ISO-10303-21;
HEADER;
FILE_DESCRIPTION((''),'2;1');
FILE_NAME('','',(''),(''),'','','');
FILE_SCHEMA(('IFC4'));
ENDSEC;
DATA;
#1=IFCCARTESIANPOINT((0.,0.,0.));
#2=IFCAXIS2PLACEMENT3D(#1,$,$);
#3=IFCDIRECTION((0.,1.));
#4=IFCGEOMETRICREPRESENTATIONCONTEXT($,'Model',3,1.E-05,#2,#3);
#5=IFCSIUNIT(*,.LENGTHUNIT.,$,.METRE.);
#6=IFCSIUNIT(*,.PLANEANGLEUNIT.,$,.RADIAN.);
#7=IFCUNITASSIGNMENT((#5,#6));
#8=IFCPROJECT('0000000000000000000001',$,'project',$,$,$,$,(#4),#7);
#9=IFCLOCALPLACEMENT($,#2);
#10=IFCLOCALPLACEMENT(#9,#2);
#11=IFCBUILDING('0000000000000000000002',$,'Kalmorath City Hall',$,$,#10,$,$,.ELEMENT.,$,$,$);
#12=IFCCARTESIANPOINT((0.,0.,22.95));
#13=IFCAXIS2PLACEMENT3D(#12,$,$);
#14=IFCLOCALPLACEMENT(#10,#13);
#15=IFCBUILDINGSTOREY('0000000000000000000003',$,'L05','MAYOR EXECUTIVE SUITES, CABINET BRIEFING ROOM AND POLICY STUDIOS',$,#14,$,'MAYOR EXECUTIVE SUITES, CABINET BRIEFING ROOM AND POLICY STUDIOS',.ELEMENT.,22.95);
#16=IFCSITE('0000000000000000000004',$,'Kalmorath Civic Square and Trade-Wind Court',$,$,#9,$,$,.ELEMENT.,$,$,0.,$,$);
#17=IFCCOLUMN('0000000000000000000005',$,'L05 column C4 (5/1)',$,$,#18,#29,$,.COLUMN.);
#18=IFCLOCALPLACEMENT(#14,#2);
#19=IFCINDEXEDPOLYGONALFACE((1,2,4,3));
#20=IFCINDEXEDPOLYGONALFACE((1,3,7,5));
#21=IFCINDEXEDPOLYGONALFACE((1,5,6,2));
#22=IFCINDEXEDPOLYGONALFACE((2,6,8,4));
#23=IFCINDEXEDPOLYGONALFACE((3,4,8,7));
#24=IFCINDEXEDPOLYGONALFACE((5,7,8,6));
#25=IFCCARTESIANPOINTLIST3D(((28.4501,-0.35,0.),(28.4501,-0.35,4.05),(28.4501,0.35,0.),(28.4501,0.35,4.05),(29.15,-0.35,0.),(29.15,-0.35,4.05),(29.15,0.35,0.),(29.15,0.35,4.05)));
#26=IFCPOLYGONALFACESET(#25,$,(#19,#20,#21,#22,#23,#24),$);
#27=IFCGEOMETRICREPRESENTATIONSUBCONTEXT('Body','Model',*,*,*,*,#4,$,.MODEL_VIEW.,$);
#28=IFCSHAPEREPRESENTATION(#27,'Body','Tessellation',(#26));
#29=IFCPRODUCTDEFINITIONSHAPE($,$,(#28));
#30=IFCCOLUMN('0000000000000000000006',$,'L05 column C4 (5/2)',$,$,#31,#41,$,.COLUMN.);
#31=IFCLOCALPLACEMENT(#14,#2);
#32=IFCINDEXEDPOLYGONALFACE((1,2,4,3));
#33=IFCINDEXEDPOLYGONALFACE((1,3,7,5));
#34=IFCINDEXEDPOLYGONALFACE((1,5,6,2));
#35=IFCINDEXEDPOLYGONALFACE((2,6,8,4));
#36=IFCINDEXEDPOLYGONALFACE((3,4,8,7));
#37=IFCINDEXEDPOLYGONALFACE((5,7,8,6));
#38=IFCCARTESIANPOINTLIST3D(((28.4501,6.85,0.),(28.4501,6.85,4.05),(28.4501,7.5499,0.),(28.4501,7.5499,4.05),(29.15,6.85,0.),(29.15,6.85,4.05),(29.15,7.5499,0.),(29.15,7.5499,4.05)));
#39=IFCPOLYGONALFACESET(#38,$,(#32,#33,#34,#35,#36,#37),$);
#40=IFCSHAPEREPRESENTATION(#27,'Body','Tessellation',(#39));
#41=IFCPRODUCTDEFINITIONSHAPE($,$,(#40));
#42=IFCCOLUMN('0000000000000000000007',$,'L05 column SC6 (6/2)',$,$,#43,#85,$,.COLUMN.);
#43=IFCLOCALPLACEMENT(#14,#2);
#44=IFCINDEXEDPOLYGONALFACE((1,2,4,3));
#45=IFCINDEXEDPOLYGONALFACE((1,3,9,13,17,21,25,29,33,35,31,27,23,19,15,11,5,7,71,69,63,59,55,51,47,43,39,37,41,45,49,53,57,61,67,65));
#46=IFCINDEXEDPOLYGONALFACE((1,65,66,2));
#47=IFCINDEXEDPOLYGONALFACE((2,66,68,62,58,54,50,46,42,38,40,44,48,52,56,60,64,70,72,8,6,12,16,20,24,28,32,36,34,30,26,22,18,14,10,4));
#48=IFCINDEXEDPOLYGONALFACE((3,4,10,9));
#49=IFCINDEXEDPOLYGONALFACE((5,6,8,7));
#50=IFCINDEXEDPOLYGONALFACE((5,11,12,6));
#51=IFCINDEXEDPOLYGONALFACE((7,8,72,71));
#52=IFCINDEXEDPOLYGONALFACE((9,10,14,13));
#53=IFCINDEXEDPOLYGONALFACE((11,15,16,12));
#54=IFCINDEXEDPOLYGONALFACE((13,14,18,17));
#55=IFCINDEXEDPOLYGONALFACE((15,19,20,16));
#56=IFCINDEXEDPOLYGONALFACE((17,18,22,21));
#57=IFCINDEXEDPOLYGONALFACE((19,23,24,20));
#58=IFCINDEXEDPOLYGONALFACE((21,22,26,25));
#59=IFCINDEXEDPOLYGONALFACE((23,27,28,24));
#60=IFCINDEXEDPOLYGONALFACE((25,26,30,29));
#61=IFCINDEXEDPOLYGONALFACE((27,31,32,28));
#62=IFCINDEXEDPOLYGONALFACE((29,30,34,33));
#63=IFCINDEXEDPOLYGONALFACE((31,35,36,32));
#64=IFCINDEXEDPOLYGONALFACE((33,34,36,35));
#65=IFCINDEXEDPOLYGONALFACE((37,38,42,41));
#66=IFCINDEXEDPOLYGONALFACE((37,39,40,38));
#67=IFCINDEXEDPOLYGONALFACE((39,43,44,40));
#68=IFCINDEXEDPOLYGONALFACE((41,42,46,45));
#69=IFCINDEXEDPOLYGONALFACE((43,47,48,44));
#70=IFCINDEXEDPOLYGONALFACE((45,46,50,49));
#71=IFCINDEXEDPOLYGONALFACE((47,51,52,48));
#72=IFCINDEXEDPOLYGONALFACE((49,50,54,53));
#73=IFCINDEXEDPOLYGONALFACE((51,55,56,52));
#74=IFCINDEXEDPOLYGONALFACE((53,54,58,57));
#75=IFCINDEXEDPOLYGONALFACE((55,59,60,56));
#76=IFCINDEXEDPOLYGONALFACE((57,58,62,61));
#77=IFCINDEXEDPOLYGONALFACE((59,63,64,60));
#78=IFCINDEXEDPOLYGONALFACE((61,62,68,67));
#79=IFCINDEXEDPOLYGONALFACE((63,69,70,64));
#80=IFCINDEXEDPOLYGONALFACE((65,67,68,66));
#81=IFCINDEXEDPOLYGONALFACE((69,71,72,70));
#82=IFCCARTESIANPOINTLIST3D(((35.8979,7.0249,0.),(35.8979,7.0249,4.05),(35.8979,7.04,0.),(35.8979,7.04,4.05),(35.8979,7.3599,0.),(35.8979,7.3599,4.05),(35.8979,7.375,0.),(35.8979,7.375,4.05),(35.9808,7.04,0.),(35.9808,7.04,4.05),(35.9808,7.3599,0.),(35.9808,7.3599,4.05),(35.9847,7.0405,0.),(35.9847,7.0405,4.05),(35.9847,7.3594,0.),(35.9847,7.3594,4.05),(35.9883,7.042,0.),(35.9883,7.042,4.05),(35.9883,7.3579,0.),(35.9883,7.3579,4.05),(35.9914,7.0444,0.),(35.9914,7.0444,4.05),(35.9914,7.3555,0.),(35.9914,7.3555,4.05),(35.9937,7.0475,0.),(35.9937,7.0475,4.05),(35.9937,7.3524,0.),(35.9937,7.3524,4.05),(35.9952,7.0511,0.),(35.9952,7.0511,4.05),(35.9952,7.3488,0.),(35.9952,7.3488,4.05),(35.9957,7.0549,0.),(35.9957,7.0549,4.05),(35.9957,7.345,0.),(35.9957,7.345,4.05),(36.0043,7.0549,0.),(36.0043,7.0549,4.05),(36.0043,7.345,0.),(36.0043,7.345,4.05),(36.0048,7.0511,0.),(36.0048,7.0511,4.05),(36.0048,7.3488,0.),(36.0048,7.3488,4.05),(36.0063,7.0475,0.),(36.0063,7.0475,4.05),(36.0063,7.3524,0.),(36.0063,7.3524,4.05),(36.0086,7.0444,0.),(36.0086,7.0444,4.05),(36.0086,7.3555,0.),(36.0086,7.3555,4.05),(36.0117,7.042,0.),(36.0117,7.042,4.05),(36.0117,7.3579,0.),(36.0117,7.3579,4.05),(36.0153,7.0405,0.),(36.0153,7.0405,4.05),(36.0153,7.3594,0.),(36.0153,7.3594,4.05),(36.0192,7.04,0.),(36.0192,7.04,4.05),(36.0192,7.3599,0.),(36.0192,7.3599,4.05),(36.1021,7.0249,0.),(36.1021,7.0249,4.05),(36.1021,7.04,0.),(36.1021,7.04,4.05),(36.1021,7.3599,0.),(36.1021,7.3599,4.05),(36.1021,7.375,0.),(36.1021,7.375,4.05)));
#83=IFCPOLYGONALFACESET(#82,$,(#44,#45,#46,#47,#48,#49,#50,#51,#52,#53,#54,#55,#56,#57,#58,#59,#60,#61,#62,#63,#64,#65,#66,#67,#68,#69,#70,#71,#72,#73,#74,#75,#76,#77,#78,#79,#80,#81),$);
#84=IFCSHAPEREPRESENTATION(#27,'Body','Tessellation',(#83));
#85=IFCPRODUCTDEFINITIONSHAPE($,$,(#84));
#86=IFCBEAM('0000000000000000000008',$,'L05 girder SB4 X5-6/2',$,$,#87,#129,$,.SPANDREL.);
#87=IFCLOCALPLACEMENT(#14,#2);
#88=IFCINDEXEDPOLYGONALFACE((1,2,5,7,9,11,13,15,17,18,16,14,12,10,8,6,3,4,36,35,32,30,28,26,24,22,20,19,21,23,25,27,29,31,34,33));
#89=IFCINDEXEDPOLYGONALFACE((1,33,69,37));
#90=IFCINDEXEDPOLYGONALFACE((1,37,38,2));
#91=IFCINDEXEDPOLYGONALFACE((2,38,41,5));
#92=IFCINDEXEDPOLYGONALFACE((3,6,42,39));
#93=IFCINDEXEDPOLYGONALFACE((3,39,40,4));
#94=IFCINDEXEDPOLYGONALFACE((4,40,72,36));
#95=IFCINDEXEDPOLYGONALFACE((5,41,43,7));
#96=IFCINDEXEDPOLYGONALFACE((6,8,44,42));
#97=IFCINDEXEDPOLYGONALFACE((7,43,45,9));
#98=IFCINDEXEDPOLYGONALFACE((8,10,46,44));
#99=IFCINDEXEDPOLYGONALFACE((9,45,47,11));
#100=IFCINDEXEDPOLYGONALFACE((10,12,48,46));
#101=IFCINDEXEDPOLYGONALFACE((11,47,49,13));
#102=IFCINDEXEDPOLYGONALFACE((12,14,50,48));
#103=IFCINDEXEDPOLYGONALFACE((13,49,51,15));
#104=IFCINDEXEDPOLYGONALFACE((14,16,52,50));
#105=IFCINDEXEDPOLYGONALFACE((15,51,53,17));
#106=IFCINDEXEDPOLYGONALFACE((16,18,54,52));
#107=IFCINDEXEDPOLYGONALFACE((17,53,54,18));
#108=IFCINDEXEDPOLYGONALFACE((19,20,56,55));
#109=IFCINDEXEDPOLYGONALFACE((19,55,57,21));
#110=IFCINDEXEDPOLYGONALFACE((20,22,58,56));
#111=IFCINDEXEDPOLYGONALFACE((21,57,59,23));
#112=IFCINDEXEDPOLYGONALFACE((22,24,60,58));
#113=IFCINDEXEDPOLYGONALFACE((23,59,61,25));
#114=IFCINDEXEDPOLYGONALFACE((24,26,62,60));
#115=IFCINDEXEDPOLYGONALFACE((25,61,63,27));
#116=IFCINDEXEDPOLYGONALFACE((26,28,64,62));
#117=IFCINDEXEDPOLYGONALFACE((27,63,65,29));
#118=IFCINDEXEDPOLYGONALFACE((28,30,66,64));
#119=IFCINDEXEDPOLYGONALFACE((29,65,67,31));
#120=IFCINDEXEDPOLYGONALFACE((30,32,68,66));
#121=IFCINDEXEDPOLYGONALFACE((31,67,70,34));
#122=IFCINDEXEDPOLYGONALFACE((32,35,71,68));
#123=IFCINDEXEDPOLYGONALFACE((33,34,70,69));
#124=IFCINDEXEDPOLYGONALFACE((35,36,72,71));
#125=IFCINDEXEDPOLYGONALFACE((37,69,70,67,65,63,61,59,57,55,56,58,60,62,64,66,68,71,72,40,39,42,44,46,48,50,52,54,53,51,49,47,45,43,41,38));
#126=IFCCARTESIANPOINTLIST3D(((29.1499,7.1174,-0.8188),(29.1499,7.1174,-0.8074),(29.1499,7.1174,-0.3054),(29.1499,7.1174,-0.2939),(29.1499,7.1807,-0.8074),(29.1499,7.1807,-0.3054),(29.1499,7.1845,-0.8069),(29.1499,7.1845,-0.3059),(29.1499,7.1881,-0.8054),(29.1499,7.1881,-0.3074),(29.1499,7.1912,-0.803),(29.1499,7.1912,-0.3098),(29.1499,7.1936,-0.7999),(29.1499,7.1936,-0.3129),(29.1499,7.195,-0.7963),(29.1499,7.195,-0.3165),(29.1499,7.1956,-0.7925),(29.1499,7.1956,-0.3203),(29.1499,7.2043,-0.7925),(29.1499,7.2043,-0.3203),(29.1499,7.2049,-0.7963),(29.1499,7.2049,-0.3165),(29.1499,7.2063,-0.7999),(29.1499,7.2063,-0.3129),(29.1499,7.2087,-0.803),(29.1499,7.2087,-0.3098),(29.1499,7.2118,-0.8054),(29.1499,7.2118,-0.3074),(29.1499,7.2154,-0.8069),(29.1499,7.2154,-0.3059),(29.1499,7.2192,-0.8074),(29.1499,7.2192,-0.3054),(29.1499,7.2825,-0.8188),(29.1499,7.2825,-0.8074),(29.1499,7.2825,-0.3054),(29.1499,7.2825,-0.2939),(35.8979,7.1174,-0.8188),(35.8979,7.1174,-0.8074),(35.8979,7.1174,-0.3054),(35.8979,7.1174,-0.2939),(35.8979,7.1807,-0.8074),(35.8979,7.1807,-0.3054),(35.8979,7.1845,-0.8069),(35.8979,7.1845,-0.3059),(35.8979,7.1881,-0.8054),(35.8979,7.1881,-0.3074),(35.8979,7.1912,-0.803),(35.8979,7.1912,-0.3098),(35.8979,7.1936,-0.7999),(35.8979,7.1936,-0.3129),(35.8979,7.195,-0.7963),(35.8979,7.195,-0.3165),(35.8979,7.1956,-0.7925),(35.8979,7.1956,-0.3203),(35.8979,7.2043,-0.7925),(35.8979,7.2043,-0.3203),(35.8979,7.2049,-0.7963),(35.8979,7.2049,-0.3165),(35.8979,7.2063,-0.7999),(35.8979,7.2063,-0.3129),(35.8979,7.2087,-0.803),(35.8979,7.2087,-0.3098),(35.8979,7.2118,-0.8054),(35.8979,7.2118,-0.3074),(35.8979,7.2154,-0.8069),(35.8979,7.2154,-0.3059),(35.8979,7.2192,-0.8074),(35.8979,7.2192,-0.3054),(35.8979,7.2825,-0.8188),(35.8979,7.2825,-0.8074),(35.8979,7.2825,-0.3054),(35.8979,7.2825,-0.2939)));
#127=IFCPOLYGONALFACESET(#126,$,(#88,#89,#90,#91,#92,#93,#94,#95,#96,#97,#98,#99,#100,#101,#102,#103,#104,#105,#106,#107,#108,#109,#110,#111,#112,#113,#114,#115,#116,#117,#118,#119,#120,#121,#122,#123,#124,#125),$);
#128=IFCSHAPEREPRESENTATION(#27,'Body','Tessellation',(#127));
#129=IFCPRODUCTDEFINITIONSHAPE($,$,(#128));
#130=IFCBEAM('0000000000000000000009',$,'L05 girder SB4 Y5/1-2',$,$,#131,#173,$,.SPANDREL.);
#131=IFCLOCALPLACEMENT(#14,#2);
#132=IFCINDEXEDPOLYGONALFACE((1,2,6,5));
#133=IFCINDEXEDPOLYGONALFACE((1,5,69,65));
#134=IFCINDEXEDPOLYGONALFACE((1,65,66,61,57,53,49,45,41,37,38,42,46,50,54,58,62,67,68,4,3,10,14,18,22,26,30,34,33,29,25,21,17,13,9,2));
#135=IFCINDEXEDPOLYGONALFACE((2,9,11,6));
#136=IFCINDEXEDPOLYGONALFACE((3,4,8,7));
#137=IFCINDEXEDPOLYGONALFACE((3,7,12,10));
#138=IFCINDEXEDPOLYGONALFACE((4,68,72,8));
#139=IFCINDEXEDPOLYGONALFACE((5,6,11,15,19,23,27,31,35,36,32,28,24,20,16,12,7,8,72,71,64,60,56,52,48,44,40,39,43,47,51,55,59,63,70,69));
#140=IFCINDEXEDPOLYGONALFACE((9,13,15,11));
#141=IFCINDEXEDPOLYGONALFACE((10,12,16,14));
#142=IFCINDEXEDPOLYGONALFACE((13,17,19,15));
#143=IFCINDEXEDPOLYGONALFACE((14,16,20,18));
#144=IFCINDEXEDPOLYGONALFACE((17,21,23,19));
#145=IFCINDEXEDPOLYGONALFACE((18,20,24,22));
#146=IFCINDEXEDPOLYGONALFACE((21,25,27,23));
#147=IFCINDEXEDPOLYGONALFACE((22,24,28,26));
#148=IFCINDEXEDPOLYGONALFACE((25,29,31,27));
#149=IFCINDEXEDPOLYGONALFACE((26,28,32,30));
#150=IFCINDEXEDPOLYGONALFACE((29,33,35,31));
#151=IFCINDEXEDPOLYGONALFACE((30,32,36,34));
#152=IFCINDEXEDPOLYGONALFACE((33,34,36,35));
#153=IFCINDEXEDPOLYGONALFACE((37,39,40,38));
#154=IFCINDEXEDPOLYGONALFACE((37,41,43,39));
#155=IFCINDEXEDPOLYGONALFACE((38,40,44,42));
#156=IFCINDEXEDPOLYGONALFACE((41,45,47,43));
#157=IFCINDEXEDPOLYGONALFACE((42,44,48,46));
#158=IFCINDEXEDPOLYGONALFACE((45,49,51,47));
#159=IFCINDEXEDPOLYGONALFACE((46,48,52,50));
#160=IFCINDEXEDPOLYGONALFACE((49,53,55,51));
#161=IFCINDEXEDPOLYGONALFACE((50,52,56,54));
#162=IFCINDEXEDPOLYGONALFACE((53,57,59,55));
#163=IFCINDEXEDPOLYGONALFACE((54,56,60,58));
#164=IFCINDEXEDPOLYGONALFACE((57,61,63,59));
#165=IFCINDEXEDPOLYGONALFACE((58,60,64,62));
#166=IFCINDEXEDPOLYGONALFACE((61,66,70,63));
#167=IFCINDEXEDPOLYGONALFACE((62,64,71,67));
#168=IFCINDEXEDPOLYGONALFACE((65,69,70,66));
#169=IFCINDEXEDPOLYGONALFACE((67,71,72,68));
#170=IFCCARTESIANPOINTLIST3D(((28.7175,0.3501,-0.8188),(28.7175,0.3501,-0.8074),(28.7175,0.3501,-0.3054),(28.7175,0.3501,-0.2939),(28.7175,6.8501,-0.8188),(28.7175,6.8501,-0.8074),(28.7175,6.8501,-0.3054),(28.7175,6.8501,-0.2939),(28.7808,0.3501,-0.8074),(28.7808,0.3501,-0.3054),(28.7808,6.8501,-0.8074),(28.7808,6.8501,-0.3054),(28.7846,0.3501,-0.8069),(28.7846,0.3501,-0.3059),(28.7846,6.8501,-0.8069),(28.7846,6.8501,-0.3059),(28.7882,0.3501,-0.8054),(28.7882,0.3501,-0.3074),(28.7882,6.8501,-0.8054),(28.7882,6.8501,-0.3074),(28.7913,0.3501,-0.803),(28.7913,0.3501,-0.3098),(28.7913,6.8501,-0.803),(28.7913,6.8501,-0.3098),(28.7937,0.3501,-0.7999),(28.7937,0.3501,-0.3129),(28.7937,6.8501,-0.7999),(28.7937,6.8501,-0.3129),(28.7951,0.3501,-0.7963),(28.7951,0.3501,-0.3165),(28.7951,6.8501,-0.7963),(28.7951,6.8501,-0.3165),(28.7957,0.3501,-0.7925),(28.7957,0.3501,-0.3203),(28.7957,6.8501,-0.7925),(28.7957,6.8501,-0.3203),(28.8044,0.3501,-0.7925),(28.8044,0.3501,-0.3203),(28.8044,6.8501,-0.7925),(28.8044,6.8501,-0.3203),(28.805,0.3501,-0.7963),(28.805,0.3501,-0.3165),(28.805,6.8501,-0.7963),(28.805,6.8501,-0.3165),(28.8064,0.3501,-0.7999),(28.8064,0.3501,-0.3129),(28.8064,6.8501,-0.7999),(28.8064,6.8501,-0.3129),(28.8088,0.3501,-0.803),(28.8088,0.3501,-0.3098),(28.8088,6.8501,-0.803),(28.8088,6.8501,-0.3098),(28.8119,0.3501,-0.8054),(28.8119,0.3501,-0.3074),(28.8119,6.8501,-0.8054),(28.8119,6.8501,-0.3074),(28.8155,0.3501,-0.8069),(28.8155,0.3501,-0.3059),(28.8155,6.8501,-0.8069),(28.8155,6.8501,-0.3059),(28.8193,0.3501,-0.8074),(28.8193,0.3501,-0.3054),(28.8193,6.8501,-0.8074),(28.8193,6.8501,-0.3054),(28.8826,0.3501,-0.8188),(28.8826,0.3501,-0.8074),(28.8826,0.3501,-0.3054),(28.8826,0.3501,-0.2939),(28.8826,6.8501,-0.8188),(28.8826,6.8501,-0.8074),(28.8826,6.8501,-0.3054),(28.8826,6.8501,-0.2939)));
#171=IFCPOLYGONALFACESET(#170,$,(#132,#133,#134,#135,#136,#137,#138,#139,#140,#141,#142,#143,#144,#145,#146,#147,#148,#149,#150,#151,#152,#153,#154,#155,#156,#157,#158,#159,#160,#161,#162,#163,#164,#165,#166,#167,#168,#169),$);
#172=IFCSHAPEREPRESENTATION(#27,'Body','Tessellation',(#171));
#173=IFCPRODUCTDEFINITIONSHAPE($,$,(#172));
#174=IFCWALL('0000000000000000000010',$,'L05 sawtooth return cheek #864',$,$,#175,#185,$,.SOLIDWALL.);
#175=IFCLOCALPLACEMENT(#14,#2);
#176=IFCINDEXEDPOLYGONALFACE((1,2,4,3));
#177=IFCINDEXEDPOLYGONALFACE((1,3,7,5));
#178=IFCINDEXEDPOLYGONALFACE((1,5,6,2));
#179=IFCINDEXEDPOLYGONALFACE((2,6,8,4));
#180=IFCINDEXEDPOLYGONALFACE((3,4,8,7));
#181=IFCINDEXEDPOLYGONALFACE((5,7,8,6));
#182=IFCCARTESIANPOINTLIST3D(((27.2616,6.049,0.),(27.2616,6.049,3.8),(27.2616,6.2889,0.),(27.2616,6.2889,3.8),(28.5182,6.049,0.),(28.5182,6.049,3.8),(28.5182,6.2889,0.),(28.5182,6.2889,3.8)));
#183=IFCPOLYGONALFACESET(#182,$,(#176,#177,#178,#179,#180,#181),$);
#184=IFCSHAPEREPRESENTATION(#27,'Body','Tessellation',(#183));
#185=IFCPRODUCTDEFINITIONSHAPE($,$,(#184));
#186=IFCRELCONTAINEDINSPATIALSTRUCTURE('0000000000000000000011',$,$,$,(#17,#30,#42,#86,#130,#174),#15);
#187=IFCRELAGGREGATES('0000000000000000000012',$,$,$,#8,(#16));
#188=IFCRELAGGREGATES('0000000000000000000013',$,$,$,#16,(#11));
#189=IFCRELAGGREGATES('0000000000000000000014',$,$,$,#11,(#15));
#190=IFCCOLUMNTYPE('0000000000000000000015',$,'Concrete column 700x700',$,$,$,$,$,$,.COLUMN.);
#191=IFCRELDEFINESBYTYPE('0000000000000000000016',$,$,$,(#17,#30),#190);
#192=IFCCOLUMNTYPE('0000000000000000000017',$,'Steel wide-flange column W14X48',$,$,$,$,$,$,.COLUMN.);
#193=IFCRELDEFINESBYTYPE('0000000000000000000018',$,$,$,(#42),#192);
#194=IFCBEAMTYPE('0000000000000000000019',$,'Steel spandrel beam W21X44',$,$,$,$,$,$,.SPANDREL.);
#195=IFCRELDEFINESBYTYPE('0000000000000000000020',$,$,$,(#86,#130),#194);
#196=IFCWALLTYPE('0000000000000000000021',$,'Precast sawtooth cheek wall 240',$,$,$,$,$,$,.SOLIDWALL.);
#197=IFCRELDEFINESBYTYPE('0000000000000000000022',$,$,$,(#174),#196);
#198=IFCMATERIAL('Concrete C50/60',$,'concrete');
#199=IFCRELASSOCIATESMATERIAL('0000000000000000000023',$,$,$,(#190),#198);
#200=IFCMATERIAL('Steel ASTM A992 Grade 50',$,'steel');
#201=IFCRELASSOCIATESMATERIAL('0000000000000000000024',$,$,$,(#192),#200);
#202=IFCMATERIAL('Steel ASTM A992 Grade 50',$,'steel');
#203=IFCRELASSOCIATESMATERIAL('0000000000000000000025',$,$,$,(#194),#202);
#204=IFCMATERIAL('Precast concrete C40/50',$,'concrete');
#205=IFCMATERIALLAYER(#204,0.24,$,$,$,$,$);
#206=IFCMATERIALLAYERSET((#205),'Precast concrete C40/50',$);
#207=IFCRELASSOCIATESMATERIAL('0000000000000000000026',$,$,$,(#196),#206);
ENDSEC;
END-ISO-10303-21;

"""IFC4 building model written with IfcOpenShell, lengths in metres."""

from ifc_helpers import new_model, si_unit, direction, frame, frame_2d, origin, origin_2d, place, context, subcontext, project, spatial, rectangle, i_section, extrude, material, layer, layer_set, material_profile, profile_set, type_object, element, save


model = new_model("IFC4")

# Units and contexts
model_context = context("Model", 3, precision=1e-05, world=origin(), true_north=direction((0.0, 1.0)))
body_context = subcontext(model_context, "Body", "Model", "MODEL_VIEW")
ifc_project = project(units=[si_unit("LENGTHUNIT", "METRE"), si_unit("PLANEANGLEUNIT", "RADIAN")], contexts=[model_context])

# Site, building, storey
site_placement = place(None, origin())
site = spatial("IfcSite", under=ifc_project, at=site_placement, Name="Kalmorath Civic Square and Trade-Wind Court", CompositionType="ELEMENT", RefElevation=0.0)
building_placement = place(site_placement, origin())
building = spatial("IfcBuilding", under=site, at=building_placement, Name="Kalmorath City Hall", CompositionType="ELEMENT")
storey_placement = place(building_placement, frame((0.0, 0.0, 22.95)))
storey = spatial("IfcBuildingStorey", under=building, at=storey_placement, Name="L05", Description="MAYOR EXECUTIVE SUITES, CABINET BRIEFING ROOM AND POLICY STUDIOS", LongName="MAYOR EXECUTIVE SUITES, CABINET BRIEFING ROOM AND POLICY STUDIOS", CompositionType="ELEMENT", Elevation=22.95)

# Columns
ifc_material_1 = material(Name="Concrete C50/60", Category="concrete")
ifc_material_profile_1 = material_profile(ifc_material_1, rectangle(XDim=0.7, YDim=0.7, at=origin_2d()), Name="RC-COL-700X700")
ifc_profile_set_1 = profile_set([ifc_material_profile_1], Name="Concrete C50/60")
column_type_1 = type_object("IfcColumnType", Name="Concrete column 700x700", PredefinedType="COLUMN", material=ifc_profile_set_1)
for number, where, z_axis, x_axis, name in (
    (1, (28.8, 0.0, 0.0), (0.0, 0.0, 1.0), (1.0, 0.0, 0.0), "L05 column C4 (5/1)"),
    (2, (28.8, 7.2, 0.0), (0.0, 0.0, 1.0), (1.0, 0.0, 0.0), "L05 column C4 (5/2)"),
):
    element("IfcColumn", number, at=place(storey_placement, frame(where, z_axis=z_axis, x_axis=x_axis)), inside=storey, type_object=column_type_1, Name=name, PredefinedType="COLUMN", context=body_context, shape_type="SweptSolid", body=[
        extrude(rectangle(XDim=0.7, YDim=0.7, at=origin_2d()), origin(), (0.0, 0.0, 1.0), 4.05),
    ])
ifc_material_2 = material(Name="Steel ASTM A992 Grade 50", Category="steel")
ifc_material_profile_2 = material_profile(ifc_material_2, i_section(OverallWidth=0.2041, OverallDepth=0.3501, WebThickness=0.0085, FlangeThickness=0.0151, FilletRadius=0.0149, at=origin_2d()), Name="W14X48")
ifc_profile_set_2 = profile_set([ifc_material_profile_2], Name="Steel ASTM A992 Grade 50")
column_type_2 = type_object("IfcColumnType", Name="Steel wide-flange column W14X48", PredefinedType="COLUMN", material=ifc_profile_set_2)
column_placement = place(storey_placement, frame((36.0, 7.2, 0.0), z_axis=(0.0, 0.0, 1.0), x_axis=(1.0, 0.0, 0.0)))
element("IfcColumn", 3, at=column_placement, inside=storey, type_object=column_type_2, Name="L05 column SC6 (6/2)", PredefinedType="COLUMN", context=body_context, shape_type="SweptSolid", body=[
    extrude(i_section(OverallWidth=0.2041, OverallDepth=0.3501, WebThickness=0.0085, FlangeThickness=0.0151, FilletRadius=0.0149, at=origin_2d()), origin(), (0.0, 0.0, 1.0), 4.05),
])

# Beams
ifc_material_3 = material(Name="Steel ASTM A992 Grade 50", Category="steel")
ifc_material_profile_3 = material_profile(ifc_material_3, i_section(OverallWidth=0.165, OverallDepth=0.5249, WebThickness=0.0088, FlangeThickness=0.0115, FilletRadius=0.0149, at=origin_2d()), Name="W21X44")
ifc_profile_set_3 = profile_set([ifc_material_profile_3], Name="Steel ASTM A992 Grade 50")
beam_type = type_object("IfcBeamType", Name="Steel spandrel beam W21X44", PredefinedType="SPANDREL", material=ifc_profile_set_3)
beam_1_placement = place(storey_placement, frame((29.1499, 7.2, -0.5564), z_axis=(1.0, 0.0, 0.0), x_axis=(0.0, 1.0, 0.0)))
element("IfcBeam", 4, at=beam_1_placement, inside=storey, type_object=beam_type, Name="L05 girder SB4 X5-6/2", PredefinedType="SPANDREL", context=body_context, shape_type="SweptSolid", body=[
    extrude(i_section(OverallWidth=0.165, OverallDepth=0.5249, WebThickness=0.0088, FlangeThickness=0.0115, FilletRadius=0.0149, at=origin_2d()), origin(), (0.0, 0.0, 1.0), 6.748),
])
beam_2_placement = place(storey_placement, frame((28.8, 0.3501, -0.5564), z_axis=(0.0, 1.0, 0.0), x_axis=(-1.0, 0.0, 0.0)))
element("IfcBeam", 5, at=beam_2_placement, inside=storey, type_object=beam_type, Name="L05 girder SB4 Y5/1-2", PredefinedType="SPANDREL", context=body_context, shape_type="SweptSolid", body=[
    extrude(i_section(OverallWidth=0.165, OverallDepth=0.5249, WebThickness=0.0088, FlangeThickness=0.0115, FilletRadius=0.0149, at=origin_2d()), origin(), (0.0, 0.0, 1.0), 6.5),
])

# Wall
ifc_material_4 = material(Name="Precast concrete C40/50", Category="concrete")
ifc_layer_1 = layer(ifc_material_4, 0.24)
ifc_layer_set_1 = layer_set([ifc_layer_1], Name="Precast concrete C40/50")
wall_type_1 = type_object("IfcWallType", Name="Precast sawtooth cheek wall 240", PredefinedType="SOLIDWALL", material=ifc_layer_set_1)
wall_1_placement = place(storey_placement, frame((27.2615, 6.1689, 0.0), z_axis=(0.0, 0.0, 1.0), x_axis=(1.0, 0.0, 0.0)))
element("IfcWall", 6, at=wall_1_placement, inside=storey, type_object=wall_type_1, Name="L05 sawtooth return cheek #864", PredefinedType="SOLIDWALL", context=body_context, shape_type="SweptSolid", body=[
    extrude(rectangle(XDim=1.2566, YDim=0.24, at=frame_2d((0.6284, 0.0))), origin(), (0.0, 0.0, 1.0), 3.8),
])

save(model, "model.ifc")
